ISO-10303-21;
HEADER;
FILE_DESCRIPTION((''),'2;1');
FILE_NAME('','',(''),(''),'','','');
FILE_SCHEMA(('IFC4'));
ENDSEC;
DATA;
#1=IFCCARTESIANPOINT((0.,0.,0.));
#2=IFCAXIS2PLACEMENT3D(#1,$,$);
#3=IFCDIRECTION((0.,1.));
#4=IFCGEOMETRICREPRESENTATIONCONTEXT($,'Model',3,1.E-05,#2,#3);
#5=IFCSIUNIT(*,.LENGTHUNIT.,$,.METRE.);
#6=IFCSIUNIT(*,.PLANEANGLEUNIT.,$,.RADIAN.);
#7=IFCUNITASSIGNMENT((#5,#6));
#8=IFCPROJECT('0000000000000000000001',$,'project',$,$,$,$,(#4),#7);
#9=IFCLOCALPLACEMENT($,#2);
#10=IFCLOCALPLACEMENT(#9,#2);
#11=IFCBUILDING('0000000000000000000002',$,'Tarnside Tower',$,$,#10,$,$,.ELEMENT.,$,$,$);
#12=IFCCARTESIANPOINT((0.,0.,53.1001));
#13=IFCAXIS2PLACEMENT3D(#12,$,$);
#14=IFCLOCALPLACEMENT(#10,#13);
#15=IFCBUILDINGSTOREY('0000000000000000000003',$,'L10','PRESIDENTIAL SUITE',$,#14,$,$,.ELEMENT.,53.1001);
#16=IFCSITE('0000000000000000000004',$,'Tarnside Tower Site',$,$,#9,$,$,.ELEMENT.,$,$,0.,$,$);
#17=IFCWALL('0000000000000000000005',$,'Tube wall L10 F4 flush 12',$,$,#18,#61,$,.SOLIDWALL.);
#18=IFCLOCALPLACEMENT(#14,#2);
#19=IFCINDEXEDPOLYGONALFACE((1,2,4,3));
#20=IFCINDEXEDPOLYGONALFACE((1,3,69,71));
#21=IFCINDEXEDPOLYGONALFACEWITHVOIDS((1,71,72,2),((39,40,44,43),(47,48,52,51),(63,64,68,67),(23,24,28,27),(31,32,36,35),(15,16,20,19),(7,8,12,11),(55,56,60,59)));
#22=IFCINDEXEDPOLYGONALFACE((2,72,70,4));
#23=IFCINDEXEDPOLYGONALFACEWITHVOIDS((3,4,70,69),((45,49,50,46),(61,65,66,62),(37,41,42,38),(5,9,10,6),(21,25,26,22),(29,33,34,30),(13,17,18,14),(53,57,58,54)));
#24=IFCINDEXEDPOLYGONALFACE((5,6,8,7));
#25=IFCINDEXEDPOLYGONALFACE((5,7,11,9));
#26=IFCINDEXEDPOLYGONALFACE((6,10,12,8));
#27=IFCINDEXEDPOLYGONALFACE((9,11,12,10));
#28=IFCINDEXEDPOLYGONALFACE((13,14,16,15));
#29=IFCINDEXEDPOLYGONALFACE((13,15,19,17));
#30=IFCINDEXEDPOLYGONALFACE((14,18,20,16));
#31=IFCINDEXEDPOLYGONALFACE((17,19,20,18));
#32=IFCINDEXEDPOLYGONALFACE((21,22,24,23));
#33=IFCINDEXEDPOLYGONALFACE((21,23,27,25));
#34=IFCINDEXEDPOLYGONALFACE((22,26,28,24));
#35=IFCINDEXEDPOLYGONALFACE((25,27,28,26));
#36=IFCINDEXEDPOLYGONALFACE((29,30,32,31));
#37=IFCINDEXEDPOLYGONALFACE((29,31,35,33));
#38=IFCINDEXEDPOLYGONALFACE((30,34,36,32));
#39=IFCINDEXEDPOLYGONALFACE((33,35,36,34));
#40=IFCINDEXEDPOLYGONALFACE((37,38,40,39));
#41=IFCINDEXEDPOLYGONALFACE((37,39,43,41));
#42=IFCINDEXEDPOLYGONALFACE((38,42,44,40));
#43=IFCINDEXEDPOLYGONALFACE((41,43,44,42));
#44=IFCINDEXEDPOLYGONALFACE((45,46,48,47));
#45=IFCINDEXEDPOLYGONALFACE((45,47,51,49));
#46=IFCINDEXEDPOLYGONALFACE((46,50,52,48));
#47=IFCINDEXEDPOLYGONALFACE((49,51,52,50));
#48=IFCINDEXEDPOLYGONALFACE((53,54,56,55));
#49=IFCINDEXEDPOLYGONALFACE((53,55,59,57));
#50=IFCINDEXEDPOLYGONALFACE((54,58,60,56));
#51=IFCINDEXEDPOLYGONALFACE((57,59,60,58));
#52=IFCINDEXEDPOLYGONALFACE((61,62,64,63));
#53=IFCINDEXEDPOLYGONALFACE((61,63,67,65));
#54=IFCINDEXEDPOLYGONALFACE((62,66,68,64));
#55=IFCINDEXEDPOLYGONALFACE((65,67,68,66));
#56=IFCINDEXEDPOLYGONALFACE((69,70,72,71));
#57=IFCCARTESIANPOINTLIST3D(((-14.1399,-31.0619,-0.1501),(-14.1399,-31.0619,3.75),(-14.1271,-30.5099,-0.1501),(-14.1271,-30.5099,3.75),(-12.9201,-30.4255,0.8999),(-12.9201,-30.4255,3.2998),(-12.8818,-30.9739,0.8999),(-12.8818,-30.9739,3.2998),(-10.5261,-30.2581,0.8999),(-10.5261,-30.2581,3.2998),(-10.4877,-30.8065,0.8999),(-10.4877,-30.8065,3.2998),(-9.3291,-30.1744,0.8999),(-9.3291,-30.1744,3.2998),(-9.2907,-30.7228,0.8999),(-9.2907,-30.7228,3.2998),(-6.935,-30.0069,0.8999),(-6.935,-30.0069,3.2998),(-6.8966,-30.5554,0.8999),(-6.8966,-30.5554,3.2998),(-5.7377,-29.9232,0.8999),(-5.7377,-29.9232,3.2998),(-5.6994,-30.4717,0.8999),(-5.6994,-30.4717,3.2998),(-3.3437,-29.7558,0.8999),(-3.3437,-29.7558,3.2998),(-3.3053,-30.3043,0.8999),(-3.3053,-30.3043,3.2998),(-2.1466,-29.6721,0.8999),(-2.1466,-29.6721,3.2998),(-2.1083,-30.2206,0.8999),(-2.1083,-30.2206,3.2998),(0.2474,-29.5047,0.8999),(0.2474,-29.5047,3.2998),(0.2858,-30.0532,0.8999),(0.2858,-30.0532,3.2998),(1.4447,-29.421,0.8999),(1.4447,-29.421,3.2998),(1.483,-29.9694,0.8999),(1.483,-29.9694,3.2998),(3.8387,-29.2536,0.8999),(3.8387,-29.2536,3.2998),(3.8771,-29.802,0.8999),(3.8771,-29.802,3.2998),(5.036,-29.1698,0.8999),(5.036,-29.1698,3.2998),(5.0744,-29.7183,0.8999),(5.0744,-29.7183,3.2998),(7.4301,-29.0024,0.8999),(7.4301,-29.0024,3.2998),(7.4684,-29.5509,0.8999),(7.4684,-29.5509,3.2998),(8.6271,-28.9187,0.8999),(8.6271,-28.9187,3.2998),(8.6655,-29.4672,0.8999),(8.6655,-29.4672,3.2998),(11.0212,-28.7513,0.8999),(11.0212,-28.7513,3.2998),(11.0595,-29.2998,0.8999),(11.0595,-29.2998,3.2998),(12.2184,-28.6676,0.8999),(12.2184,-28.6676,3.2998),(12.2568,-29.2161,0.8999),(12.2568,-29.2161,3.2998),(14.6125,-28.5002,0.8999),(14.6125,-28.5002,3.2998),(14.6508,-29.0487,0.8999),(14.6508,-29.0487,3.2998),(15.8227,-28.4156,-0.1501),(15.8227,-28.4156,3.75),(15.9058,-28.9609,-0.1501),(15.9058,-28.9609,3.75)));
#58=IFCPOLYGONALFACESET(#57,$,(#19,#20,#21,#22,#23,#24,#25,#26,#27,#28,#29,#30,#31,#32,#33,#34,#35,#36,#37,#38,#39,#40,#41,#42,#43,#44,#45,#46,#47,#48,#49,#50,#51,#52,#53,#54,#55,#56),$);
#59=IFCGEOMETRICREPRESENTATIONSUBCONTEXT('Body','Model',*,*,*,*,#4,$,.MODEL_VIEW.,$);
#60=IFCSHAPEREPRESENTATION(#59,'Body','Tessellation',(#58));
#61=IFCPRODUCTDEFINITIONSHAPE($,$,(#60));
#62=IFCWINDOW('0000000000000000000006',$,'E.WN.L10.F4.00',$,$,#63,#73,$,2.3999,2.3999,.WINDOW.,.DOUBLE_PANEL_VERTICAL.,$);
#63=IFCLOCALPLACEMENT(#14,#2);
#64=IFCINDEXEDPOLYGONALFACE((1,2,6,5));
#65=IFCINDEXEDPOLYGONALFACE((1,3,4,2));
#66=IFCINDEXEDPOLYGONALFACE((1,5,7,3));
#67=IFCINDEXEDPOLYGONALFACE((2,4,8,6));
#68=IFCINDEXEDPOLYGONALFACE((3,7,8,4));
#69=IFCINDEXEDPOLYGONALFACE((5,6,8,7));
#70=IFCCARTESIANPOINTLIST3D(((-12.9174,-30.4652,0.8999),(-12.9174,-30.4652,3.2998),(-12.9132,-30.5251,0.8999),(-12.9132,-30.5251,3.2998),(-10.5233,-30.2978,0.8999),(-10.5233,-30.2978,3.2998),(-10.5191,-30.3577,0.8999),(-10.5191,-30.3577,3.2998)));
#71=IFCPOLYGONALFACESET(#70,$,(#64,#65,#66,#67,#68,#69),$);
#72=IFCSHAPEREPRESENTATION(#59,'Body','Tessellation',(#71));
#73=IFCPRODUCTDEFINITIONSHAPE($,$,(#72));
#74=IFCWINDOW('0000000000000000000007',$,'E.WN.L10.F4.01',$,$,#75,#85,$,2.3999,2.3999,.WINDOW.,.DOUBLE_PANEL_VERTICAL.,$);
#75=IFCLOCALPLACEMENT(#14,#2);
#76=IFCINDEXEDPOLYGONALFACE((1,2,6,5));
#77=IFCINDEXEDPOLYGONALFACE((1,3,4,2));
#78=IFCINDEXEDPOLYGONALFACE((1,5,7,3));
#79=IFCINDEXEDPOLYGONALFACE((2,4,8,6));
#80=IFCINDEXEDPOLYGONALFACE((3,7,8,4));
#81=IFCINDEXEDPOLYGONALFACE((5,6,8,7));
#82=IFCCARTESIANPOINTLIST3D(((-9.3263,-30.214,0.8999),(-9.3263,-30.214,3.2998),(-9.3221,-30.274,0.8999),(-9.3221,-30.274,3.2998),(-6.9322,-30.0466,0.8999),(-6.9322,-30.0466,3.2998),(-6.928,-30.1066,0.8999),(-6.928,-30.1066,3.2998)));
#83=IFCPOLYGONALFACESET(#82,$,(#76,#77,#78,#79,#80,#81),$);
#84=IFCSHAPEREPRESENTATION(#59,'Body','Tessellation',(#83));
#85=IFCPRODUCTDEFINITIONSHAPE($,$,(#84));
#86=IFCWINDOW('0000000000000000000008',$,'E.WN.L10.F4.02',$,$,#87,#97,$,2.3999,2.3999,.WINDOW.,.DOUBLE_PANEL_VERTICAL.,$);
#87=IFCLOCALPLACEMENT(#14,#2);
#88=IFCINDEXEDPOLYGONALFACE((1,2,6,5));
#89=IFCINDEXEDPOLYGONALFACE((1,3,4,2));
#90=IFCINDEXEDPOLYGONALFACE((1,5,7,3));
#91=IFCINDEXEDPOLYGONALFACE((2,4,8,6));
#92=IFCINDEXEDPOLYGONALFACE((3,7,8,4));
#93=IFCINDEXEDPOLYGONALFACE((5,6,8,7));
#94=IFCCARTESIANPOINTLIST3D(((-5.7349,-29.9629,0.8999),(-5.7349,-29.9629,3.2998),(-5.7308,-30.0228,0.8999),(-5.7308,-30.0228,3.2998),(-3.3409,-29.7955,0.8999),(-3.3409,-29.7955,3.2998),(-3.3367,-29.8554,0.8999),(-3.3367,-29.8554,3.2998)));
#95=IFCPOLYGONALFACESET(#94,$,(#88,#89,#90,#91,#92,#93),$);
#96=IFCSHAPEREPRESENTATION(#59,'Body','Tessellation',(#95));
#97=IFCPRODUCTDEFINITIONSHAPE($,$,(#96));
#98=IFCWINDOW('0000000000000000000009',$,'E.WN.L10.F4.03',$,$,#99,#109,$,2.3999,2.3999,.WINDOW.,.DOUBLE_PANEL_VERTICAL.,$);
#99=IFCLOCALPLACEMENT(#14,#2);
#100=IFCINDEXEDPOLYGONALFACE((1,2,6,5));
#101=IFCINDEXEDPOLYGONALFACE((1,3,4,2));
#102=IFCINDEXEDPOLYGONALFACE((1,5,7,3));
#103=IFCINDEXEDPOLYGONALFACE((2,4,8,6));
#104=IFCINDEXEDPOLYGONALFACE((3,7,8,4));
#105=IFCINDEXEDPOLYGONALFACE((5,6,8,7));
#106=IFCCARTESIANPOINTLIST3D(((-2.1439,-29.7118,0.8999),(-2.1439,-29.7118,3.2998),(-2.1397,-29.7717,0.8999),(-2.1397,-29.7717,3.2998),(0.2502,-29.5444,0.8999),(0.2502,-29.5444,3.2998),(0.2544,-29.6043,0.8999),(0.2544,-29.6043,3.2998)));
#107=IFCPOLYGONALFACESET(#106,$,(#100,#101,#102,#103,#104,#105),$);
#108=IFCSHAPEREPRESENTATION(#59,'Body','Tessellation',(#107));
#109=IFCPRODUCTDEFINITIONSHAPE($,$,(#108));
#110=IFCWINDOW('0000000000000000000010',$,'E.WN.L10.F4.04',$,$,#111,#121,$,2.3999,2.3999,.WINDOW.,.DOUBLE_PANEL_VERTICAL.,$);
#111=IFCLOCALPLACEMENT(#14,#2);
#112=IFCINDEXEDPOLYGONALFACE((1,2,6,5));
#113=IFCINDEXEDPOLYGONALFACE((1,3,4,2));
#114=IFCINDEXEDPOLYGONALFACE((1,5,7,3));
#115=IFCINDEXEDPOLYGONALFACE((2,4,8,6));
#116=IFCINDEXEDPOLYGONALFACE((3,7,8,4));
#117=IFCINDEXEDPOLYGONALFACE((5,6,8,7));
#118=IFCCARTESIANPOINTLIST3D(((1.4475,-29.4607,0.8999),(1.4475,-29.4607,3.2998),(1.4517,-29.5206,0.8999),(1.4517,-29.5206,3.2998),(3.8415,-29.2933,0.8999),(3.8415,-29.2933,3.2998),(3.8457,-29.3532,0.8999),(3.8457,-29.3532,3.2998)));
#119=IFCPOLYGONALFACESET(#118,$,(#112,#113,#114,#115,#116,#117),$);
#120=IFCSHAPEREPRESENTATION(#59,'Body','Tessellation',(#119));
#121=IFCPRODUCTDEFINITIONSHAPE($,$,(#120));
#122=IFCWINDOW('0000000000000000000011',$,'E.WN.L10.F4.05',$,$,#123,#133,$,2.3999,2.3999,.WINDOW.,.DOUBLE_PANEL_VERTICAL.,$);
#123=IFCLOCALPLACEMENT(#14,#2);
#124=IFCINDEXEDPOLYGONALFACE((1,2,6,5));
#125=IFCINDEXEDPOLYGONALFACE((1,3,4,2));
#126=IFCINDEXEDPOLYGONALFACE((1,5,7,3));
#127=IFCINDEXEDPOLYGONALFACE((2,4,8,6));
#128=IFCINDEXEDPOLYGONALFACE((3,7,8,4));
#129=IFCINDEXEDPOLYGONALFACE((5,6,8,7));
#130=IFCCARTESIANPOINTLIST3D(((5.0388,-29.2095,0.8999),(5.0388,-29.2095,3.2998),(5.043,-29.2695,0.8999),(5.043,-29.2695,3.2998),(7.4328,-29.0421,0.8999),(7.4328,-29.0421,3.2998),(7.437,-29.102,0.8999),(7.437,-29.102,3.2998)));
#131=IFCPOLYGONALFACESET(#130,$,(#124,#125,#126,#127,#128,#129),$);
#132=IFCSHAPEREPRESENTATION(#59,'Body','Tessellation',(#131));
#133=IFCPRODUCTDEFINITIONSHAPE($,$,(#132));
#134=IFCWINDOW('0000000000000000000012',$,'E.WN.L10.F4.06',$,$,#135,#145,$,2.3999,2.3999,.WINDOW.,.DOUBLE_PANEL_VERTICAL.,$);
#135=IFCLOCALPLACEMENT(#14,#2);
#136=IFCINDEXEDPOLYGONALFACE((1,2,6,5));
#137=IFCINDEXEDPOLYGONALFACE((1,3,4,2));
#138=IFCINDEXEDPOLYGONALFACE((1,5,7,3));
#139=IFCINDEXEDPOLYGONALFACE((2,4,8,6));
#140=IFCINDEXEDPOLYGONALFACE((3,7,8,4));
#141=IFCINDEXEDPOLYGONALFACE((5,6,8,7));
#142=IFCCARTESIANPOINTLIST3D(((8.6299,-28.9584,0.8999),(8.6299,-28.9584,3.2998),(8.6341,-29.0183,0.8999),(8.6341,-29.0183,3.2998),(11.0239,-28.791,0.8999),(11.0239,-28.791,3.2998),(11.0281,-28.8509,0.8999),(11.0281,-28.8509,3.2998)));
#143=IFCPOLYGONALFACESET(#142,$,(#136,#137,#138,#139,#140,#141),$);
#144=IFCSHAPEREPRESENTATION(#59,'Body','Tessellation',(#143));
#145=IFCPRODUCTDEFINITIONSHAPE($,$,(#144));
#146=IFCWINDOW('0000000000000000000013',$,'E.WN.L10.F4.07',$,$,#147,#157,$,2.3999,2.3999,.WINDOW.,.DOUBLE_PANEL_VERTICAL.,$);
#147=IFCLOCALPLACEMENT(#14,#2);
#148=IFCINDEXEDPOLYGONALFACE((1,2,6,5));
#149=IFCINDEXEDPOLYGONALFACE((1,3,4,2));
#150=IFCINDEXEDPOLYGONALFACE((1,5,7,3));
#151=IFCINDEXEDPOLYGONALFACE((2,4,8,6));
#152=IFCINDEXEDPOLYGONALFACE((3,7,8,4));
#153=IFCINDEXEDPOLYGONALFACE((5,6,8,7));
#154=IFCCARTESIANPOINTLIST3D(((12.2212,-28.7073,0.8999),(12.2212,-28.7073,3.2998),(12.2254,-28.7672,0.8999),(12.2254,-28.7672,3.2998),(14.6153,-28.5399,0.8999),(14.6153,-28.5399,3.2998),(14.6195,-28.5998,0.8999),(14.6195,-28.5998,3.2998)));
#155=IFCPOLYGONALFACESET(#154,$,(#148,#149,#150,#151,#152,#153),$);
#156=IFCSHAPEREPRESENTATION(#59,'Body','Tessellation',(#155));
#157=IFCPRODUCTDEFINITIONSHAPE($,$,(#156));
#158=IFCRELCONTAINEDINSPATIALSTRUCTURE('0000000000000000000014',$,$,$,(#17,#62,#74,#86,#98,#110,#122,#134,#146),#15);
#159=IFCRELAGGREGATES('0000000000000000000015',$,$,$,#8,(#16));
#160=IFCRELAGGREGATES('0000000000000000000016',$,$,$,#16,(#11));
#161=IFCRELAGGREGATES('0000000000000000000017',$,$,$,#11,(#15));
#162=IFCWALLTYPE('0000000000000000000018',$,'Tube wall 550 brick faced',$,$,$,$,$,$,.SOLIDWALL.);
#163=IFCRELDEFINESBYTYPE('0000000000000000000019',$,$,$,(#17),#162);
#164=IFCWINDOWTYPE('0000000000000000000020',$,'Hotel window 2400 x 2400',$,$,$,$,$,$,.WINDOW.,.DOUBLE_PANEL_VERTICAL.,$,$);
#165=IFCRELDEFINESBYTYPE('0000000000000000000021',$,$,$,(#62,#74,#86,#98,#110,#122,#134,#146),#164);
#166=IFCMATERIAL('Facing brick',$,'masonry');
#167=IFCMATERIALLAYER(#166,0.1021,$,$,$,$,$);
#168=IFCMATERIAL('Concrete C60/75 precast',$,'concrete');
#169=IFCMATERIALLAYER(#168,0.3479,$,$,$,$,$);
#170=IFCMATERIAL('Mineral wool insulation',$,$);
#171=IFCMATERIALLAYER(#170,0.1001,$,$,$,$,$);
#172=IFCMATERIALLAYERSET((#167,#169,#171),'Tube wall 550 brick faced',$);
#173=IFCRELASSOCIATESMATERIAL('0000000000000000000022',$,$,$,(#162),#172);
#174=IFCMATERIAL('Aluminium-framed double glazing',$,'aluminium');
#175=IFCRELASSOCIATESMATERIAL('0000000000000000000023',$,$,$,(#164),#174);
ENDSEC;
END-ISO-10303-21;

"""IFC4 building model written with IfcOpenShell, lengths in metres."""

from ifc_helpers import new_model, si_unit, direction, frame, frame_2d, origin, place, context, subcontext, project, spatial, polyline, rectangle, outline, extrude, material, layer, layer_set, type_object, element, fill, save


model = new_model("IFC4")

# Units and contexts
model_context = context("Model", 3, precision=1e-05, world=origin(), true_north=direction((0.0, 1.0)))
body_context = subcontext(model_context, "Body", "Model", "MODEL_VIEW")
ifc_project = project(units=[si_unit("LENGTHUNIT", "METRE"), si_unit("PLANEANGLEUNIT", "RADIAN")], contexts=[model_context])

# Site, building, storey
site_placement = place(None, origin())
site = spatial("IfcSite", under=ifc_project, at=site_placement, Name="Tarnside Tower Site", CompositionType="ELEMENT", RefElevation=0.0)
building_placement = place(site_placement, origin())
building = spatial("IfcBuilding", under=site, at=building_placement, Name="Tarnside Tower", CompositionType="ELEMENT")
storey_placement = place(building_placement, frame((0.0, 0.0, 53.1001)))
storey = spatial("IfcBuildingStorey", under=building, at=storey_placement, Name="L10", Description="PRESIDENTIAL SUITE", CompositionType="ELEMENT", Elevation=53.1001)

# Wall, openings, windows
ifc_material_1 = material(Name="Facing brick", Category="masonry")
ifc_layer_1 = layer(ifc_material_1, 0.1021)
ifc_material_2 = material(Name="Concrete C60/75 precast", Category="concrete")
ifc_layer_2 = layer(ifc_material_2, 0.3479)
ifc_material_3 = material(Name="Mineral wool insulation")
ifc_layer_3 = layer(ifc_material_3, 0.1001)
ifc_layer_set_1 = layer_set([ifc_layer_1, ifc_layer_2, ifc_layer_3], Name="Tube wall 550 brick faced")
wall_type_1 = type_object("IfcWallType", Name="Tube wall 550 brick faced", PredefinedType="SOLIDWALL", material=ifc_layer_set_1)
wall_1_placement = place(storey_placement, frame((-14.1335, -30.7859, -0.1501), z_axis=(0.0, 0.0, 1.0), x_axis=(0.997564, 0.069757, 0.0)))
wall_1 = element("IfcWall", 1, at=wall_1_placement, inside=storey, type_object=wall_type_1, Name="Tube wall L10 F4 flush 12", PredefinedType="SOLIDWALL", context=body_context, shape_type="SweptSolid", body=[
    extrude(outline(polyline([(-0.0256, -0.2749), (30.0935, -0.2749), (30.0486, 0.2749), (0.0256, 0.2749), (-0.0256, -0.2749)])), origin(), (0.0, 0.0, 1.0), 3.9001),
])
opening_1_placement = place(wall_1_placement, frame((1.2356, 0.0, 1.05)))
opening_1 = element("IfcOpeningElement", 2, at=opening_1_placement, cuts=wall_1, PredefinedType="OPENING", context=body_context, shape_type="SweptSolid", body=[
    extrude(rectangle(XDim=2.3999, YDim=2.3999, at=frame_2d((1.2, 1.2))), frame((0.0, 0.2852, 0.0), z_axis=(0.0, -1.0, 0.0), x_axis=(1.0, 0.0, 0.0)), (0.0, 0.0, 1.0), 0.5701),
])
opening_2_placement = place(wall_1_placement, frame((4.8354, 0.0, 1.05)))
opening_2 = element("IfcOpeningElement", 3, at=opening_2_placement, cuts=wall_1, PredefinedType="OPENING", context=body_context, shape_type="SweptSolid", body=[
    extrude(rectangle(XDim=2.3999, YDim=2.3999, at=frame_2d((1.2, 1.2))), frame((0.0, 0.2852, 0.0), z_axis=(0.0, -1.0, 0.0), x_axis=(1.0, 0.0, 0.0)), (0.0, 0.0, 1.0), 0.5701),
])
opening_3_placement = place(wall_1_placement, frame((8.4355, 0.0, 1.05)))
opening_3 = element("IfcOpeningElement", 4, at=opening_3_placement, cuts=wall_1, PredefinedType="OPENING", context=body_context, shape_type="SweptSolid", body=[
    extrude(rectangle(XDim=2.3999, YDim=2.3999, at=frame_2d((1.2, 1.2))), frame((0.0, 0.2852, 0.0), z_axis=(0.0, -1.0, 0.0), x_axis=(1.0, 0.0, 0.0)), (0.0, 0.0, 1.0), 0.5701),
])
opening_4_placement = place(wall_1_placement, frame((12.0354, 0.0, 1.05)))
opening_4 = element("IfcOpeningElement", 5, at=opening_4_placement, cuts=wall_1, PredefinedType="OPENING", context=body_context, shape_type="SweptSolid", body=[
    extrude(rectangle(XDim=2.3999, YDim=2.3999, at=frame_2d((1.2, 1.2))), frame((0.0, 0.2852, 0.0), z_axis=(0.0, -1.0, 0.0), x_axis=(1.0, 0.0, 0.0)), (0.0, 0.0, 1.0), 0.5701),
])
opening_5_placement = place(wall_1_placement, frame((15.6355, 0.0, 1.05)))
opening_5 = element("IfcOpeningElement", 6, at=opening_5_placement, cuts=wall_1, PredefinedType="OPENING", context=body_context, shape_type="SweptSolid", body=[
    extrude(rectangle(XDim=2.3999, YDim=2.3999, at=frame_2d((1.2, 1.2))), frame((0.0, 0.2852, 0.0), z_axis=(0.0, -1.0, 0.0), x_axis=(1.0, 0.0, 0.0)), (0.0, 0.0, 1.0), 0.5701),
])
opening_6_placement = place(wall_1_placement, frame((19.2356, 0.0, 1.05)))
opening_6 = element("IfcOpeningElement", 7, at=opening_6_placement, cuts=wall_1, PredefinedType="OPENING", context=body_context, shape_type="SweptSolid", body=[
    extrude(rectangle(XDim=2.3999, YDim=2.3999, at=frame_2d((1.2, 1.2))), frame((0.0, 0.2852, 0.0), z_axis=(0.0, -1.0, 0.0), x_axis=(1.0, 0.0, 0.0)), (0.0, 0.0, 1.0), 0.5701),
])
opening_7_placement = place(wall_1_placement, frame((22.8354, 0.0, 1.05)))
opening_7 = element("IfcOpeningElement", 8, at=opening_7_placement, cuts=wall_1, PredefinedType="OPENING", context=body_context, shape_type="SweptSolid", body=[
    extrude(rectangle(XDim=2.3999, YDim=2.3999, at=frame_2d((1.2, 1.2))), frame((0.0, 0.2852, 0.0), z_axis=(0.0, -1.0, 0.0), x_axis=(1.0, 0.0, 0.0)), (0.0, 0.0, 1.0), 0.5701),
])
opening_8_placement = place(wall_1_placement, frame((26.4355, 0.0, 1.05)))
opening_8 = element("IfcOpeningElement", 9, at=opening_8_placement, cuts=wall_1, PredefinedType="OPENING", context=body_context, shape_type="SweptSolid", body=[
    extrude(rectangle(XDim=2.3999, YDim=2.3999, at=frame_2d((1.2, 1.2))), frame((0.0, 0.2852, 0.0), z_axis=(0.0, -1.0, 0.0), x_axis=(1.0, 0.0, 0.0)), (0.0, 0.0, 1.0), 0.5701),
])
ifc_material_4 = material(Name="Aluminium-framed double glazing", Category="aluminium")
window_type = type_object("IfcWindowType", Name="Hotel window 2400 x 2400", PartitioningType="DOUBLE_PANEL_VERTICAL", PredefinedType="WINDOW", material=ifc_material_4)
window_1_placement = place(opening_1_placement, frame((0.0, 0.2051, 0.0)))
window_1 = element("IfcWindow", 10, at=window_1_placement, inside=storey, type_object=window_type, Name="E.WN.L10.F4.00", OverallHeight=2.3999, OverallWidth=2.3999, PartitioningType="DOUBLE_PANEL_VERTICAL", PredefinedType="WINDOW", context=body_context, shape_type="SweptSolid", body=[
    extrude(rectangle(XDim=2.3999, YDim=2.3999, at=frame_2d((1.2, 1.2))), frame((0.0, 0.03, 0.0), z_axis=(0.0, -1.0, 0.0), x_axis=(1.0, 0.0, 0.0)), (0.0, 0.0, 1.0), 0.0601),
])
fill(opening_1, window_1)
window_2_placement = place(opening_2_placement, frame((0.0, 0.2051, 0.0)))
window_2 = element("IfcWindow", 11, at=window_2_placement, inside=storey, type_object=window_type, Name="E.WN.L10.F4.01", OverallHeight=2.3999, OverallWidth=2.3999, PartitioningType="DOUBLE_PANEL_VERTICAL", PredefinedType="WINDOW", context=body_context, shape_type="SweptSolid", body=[
    extrude(rectangle(XDim=2.3999, YDim=2.3999, at=frame_2d((1.2, 1.2))), frame((0.0, 0.03, 0.0), z_axis=(0.0, -1.0, 0.0), x_axis=(1.0, 0.0, 0.0)), (0.0, 0.0, 1.0), 0.0601),
])
fill(opening_2, window_2)
window_3_placement = place(opening_3_placement, frame((0.0, 0.2051, 0.0)))
window_3 = element("IfcWindow", 12, at=window_3_placement, inside=storey, type_object=window_type, Name="E.WN.L10.F4.02", OverallHeight=2.3999, OverallWidth=2.3999, PartitioningType="DOUBLE_PANEL_VERTICAL", PredefinedType="WINDOW", context=body_context, shape_type="SweptSolid", body=[
    extrude(rectangle(XDim=2.3999, YDim=2.3999, at=frame_2d((1.2, 1.2))), frame((0.0, 0.03, 0.0), z_axis=(0.0, -1.0, 0.0), x_axis=(1.0, 0.0, 0.0)), (0.0, 0.0, 1.0), 0.0601),
])
fill(opening_3, window_3)
window_4_placement = place(opening_4_placement, frame((0.0, 0.2051, 0.0)))
window_4 = element("IfcWindow", 13, at=window_4_placement, inside=storey, type_object=window_type, Name="E.WN.L10.F4.03", OverallHeight=2.3999, OverallWidth=2.3999, PartitioningType="DOUBLE_PANEL_VERTICAL", PredefinedType="WINDOW", context=body_context, shape_type="SweptSolid", body=[
    extrude(rectangle(XDim=2.3999, YDim=2.3999, at=frame_2d((1.2, 1.2))), frame((0.0, 0.03, 0.0), z_axis=(0.0, -1.0, 0.0), x_axis=(1.0, 0.0, 0.0)), (0.0, 0.0, 1.0), 0.0601),
])
fill(opening_4, window_4)
window_5_placement = place(opening_5_placement, frame((0.0, 0.2051, 0.0)))
window_5 = element("IfcWindow", 14, at=window_5_placement, inside=storey, type_object=window_type, Name="E.WN.L10.F4.04", OverallHeight=2.3999, OverallWidth=2.3999, PartitioningType="DOUBLE_PANEL_VERTICAL", PredefinedType="WINDOW", context=body_context, shape_type="SweptSolid", body=[
    extrude(rectangle(XDim=2.3999, YDim=2.3999, at=frame_2d((1.2, 1.2))), frame((0.0, 0.03, 0.0), z_axis=(0.0, -1.0, 0.0), x_axis=(1.0, 0.0, 0.0)), (0.0, 0.0, 1.0), 0.0601),
])
fill(opening_5, window_5)
window_6_placement = place(opening_6_placement, frame((0.0, 0.2051, 0.0)))
window_6 = element("IfcWindow", 15, at=window_6_placement, inside=storey, type_object=window_type, Name="E.WN.L10.F4.05", OverallHeight=2.3999, OverallWidth=2.3999, PartitioningType="DOUBLE_PANEL_VERTICAL", PredefinedType="WINDOW", context=body_context, shape_type="SweptSolid", body=[
    extrude(rectangle(XDim=2.3999, YDim=2.3999, at=frame_2d((1.2, 1.2))), frame((0.0, 0.03, 0.0), z_axis=(0.0, -1.0, 0.0), x_axis=(1.0, 0.0, 0.0)), (0.0, 0.0, 1.0), 0.0601),
])
fill(opening_6, window_6)
window_7_placement = place(opening_7_placement, frame((0.0, 0.2051, 0.0)))
window_7 = element("IfcWindow", 16, at=window_7_placement, inside=storey, type_object=window_type, Name="E.WN.L10.F4.06", OverallHeight=2.3999, OverallWidth=2.3999, PartitioningType="DOUBLE_PANEL_VERTICAL", PredefinedType="WINDOW", context=body_context, shape_type="SweptSolid", body=[
    extrude(rectangle(XDim=2.3999, YDim=2.3999, at=frame_2d((1.2, 1.2))), frame((0.0, 0.03, 0.0), z_axis=(0.0, -1.0, 0.0), x_axis=(1.0, 0.0, 0.0)), (0.0, 0.0, 1.0), 0.0601),
])
fill(opening_7, window_7)
window_8_placement = place(opening_8_placement, frame((0.0, 0.2051, 0.0)))
window_8 = element("IfcWindow", 17, at=window_8_placement, inside=storey, type_object=window_type, Name="E.WN.L10.F4.07", OverallHeight=2.3999, OverallWidth=2.3999, PartitioningType="DOUBLE_PANEL_VERTICAL", PredefinedType="WINDOW", context=body_context, shape_type="SweptSolid", body=[
    extrude(rectangle(XDim=2.3999, YDim=2.3999, at=frame_2d((1.2, 1.2))), frame((0.0, 0.03, 0.0), z_axis=(0.0, -1.0, 0.0), x_axis=(1.0, 0.0, 0.0)), (0.0, 0.0, 1.0), 0.0601),
])
fill(opening_8, window_8)

save(model, "model.ifc")
